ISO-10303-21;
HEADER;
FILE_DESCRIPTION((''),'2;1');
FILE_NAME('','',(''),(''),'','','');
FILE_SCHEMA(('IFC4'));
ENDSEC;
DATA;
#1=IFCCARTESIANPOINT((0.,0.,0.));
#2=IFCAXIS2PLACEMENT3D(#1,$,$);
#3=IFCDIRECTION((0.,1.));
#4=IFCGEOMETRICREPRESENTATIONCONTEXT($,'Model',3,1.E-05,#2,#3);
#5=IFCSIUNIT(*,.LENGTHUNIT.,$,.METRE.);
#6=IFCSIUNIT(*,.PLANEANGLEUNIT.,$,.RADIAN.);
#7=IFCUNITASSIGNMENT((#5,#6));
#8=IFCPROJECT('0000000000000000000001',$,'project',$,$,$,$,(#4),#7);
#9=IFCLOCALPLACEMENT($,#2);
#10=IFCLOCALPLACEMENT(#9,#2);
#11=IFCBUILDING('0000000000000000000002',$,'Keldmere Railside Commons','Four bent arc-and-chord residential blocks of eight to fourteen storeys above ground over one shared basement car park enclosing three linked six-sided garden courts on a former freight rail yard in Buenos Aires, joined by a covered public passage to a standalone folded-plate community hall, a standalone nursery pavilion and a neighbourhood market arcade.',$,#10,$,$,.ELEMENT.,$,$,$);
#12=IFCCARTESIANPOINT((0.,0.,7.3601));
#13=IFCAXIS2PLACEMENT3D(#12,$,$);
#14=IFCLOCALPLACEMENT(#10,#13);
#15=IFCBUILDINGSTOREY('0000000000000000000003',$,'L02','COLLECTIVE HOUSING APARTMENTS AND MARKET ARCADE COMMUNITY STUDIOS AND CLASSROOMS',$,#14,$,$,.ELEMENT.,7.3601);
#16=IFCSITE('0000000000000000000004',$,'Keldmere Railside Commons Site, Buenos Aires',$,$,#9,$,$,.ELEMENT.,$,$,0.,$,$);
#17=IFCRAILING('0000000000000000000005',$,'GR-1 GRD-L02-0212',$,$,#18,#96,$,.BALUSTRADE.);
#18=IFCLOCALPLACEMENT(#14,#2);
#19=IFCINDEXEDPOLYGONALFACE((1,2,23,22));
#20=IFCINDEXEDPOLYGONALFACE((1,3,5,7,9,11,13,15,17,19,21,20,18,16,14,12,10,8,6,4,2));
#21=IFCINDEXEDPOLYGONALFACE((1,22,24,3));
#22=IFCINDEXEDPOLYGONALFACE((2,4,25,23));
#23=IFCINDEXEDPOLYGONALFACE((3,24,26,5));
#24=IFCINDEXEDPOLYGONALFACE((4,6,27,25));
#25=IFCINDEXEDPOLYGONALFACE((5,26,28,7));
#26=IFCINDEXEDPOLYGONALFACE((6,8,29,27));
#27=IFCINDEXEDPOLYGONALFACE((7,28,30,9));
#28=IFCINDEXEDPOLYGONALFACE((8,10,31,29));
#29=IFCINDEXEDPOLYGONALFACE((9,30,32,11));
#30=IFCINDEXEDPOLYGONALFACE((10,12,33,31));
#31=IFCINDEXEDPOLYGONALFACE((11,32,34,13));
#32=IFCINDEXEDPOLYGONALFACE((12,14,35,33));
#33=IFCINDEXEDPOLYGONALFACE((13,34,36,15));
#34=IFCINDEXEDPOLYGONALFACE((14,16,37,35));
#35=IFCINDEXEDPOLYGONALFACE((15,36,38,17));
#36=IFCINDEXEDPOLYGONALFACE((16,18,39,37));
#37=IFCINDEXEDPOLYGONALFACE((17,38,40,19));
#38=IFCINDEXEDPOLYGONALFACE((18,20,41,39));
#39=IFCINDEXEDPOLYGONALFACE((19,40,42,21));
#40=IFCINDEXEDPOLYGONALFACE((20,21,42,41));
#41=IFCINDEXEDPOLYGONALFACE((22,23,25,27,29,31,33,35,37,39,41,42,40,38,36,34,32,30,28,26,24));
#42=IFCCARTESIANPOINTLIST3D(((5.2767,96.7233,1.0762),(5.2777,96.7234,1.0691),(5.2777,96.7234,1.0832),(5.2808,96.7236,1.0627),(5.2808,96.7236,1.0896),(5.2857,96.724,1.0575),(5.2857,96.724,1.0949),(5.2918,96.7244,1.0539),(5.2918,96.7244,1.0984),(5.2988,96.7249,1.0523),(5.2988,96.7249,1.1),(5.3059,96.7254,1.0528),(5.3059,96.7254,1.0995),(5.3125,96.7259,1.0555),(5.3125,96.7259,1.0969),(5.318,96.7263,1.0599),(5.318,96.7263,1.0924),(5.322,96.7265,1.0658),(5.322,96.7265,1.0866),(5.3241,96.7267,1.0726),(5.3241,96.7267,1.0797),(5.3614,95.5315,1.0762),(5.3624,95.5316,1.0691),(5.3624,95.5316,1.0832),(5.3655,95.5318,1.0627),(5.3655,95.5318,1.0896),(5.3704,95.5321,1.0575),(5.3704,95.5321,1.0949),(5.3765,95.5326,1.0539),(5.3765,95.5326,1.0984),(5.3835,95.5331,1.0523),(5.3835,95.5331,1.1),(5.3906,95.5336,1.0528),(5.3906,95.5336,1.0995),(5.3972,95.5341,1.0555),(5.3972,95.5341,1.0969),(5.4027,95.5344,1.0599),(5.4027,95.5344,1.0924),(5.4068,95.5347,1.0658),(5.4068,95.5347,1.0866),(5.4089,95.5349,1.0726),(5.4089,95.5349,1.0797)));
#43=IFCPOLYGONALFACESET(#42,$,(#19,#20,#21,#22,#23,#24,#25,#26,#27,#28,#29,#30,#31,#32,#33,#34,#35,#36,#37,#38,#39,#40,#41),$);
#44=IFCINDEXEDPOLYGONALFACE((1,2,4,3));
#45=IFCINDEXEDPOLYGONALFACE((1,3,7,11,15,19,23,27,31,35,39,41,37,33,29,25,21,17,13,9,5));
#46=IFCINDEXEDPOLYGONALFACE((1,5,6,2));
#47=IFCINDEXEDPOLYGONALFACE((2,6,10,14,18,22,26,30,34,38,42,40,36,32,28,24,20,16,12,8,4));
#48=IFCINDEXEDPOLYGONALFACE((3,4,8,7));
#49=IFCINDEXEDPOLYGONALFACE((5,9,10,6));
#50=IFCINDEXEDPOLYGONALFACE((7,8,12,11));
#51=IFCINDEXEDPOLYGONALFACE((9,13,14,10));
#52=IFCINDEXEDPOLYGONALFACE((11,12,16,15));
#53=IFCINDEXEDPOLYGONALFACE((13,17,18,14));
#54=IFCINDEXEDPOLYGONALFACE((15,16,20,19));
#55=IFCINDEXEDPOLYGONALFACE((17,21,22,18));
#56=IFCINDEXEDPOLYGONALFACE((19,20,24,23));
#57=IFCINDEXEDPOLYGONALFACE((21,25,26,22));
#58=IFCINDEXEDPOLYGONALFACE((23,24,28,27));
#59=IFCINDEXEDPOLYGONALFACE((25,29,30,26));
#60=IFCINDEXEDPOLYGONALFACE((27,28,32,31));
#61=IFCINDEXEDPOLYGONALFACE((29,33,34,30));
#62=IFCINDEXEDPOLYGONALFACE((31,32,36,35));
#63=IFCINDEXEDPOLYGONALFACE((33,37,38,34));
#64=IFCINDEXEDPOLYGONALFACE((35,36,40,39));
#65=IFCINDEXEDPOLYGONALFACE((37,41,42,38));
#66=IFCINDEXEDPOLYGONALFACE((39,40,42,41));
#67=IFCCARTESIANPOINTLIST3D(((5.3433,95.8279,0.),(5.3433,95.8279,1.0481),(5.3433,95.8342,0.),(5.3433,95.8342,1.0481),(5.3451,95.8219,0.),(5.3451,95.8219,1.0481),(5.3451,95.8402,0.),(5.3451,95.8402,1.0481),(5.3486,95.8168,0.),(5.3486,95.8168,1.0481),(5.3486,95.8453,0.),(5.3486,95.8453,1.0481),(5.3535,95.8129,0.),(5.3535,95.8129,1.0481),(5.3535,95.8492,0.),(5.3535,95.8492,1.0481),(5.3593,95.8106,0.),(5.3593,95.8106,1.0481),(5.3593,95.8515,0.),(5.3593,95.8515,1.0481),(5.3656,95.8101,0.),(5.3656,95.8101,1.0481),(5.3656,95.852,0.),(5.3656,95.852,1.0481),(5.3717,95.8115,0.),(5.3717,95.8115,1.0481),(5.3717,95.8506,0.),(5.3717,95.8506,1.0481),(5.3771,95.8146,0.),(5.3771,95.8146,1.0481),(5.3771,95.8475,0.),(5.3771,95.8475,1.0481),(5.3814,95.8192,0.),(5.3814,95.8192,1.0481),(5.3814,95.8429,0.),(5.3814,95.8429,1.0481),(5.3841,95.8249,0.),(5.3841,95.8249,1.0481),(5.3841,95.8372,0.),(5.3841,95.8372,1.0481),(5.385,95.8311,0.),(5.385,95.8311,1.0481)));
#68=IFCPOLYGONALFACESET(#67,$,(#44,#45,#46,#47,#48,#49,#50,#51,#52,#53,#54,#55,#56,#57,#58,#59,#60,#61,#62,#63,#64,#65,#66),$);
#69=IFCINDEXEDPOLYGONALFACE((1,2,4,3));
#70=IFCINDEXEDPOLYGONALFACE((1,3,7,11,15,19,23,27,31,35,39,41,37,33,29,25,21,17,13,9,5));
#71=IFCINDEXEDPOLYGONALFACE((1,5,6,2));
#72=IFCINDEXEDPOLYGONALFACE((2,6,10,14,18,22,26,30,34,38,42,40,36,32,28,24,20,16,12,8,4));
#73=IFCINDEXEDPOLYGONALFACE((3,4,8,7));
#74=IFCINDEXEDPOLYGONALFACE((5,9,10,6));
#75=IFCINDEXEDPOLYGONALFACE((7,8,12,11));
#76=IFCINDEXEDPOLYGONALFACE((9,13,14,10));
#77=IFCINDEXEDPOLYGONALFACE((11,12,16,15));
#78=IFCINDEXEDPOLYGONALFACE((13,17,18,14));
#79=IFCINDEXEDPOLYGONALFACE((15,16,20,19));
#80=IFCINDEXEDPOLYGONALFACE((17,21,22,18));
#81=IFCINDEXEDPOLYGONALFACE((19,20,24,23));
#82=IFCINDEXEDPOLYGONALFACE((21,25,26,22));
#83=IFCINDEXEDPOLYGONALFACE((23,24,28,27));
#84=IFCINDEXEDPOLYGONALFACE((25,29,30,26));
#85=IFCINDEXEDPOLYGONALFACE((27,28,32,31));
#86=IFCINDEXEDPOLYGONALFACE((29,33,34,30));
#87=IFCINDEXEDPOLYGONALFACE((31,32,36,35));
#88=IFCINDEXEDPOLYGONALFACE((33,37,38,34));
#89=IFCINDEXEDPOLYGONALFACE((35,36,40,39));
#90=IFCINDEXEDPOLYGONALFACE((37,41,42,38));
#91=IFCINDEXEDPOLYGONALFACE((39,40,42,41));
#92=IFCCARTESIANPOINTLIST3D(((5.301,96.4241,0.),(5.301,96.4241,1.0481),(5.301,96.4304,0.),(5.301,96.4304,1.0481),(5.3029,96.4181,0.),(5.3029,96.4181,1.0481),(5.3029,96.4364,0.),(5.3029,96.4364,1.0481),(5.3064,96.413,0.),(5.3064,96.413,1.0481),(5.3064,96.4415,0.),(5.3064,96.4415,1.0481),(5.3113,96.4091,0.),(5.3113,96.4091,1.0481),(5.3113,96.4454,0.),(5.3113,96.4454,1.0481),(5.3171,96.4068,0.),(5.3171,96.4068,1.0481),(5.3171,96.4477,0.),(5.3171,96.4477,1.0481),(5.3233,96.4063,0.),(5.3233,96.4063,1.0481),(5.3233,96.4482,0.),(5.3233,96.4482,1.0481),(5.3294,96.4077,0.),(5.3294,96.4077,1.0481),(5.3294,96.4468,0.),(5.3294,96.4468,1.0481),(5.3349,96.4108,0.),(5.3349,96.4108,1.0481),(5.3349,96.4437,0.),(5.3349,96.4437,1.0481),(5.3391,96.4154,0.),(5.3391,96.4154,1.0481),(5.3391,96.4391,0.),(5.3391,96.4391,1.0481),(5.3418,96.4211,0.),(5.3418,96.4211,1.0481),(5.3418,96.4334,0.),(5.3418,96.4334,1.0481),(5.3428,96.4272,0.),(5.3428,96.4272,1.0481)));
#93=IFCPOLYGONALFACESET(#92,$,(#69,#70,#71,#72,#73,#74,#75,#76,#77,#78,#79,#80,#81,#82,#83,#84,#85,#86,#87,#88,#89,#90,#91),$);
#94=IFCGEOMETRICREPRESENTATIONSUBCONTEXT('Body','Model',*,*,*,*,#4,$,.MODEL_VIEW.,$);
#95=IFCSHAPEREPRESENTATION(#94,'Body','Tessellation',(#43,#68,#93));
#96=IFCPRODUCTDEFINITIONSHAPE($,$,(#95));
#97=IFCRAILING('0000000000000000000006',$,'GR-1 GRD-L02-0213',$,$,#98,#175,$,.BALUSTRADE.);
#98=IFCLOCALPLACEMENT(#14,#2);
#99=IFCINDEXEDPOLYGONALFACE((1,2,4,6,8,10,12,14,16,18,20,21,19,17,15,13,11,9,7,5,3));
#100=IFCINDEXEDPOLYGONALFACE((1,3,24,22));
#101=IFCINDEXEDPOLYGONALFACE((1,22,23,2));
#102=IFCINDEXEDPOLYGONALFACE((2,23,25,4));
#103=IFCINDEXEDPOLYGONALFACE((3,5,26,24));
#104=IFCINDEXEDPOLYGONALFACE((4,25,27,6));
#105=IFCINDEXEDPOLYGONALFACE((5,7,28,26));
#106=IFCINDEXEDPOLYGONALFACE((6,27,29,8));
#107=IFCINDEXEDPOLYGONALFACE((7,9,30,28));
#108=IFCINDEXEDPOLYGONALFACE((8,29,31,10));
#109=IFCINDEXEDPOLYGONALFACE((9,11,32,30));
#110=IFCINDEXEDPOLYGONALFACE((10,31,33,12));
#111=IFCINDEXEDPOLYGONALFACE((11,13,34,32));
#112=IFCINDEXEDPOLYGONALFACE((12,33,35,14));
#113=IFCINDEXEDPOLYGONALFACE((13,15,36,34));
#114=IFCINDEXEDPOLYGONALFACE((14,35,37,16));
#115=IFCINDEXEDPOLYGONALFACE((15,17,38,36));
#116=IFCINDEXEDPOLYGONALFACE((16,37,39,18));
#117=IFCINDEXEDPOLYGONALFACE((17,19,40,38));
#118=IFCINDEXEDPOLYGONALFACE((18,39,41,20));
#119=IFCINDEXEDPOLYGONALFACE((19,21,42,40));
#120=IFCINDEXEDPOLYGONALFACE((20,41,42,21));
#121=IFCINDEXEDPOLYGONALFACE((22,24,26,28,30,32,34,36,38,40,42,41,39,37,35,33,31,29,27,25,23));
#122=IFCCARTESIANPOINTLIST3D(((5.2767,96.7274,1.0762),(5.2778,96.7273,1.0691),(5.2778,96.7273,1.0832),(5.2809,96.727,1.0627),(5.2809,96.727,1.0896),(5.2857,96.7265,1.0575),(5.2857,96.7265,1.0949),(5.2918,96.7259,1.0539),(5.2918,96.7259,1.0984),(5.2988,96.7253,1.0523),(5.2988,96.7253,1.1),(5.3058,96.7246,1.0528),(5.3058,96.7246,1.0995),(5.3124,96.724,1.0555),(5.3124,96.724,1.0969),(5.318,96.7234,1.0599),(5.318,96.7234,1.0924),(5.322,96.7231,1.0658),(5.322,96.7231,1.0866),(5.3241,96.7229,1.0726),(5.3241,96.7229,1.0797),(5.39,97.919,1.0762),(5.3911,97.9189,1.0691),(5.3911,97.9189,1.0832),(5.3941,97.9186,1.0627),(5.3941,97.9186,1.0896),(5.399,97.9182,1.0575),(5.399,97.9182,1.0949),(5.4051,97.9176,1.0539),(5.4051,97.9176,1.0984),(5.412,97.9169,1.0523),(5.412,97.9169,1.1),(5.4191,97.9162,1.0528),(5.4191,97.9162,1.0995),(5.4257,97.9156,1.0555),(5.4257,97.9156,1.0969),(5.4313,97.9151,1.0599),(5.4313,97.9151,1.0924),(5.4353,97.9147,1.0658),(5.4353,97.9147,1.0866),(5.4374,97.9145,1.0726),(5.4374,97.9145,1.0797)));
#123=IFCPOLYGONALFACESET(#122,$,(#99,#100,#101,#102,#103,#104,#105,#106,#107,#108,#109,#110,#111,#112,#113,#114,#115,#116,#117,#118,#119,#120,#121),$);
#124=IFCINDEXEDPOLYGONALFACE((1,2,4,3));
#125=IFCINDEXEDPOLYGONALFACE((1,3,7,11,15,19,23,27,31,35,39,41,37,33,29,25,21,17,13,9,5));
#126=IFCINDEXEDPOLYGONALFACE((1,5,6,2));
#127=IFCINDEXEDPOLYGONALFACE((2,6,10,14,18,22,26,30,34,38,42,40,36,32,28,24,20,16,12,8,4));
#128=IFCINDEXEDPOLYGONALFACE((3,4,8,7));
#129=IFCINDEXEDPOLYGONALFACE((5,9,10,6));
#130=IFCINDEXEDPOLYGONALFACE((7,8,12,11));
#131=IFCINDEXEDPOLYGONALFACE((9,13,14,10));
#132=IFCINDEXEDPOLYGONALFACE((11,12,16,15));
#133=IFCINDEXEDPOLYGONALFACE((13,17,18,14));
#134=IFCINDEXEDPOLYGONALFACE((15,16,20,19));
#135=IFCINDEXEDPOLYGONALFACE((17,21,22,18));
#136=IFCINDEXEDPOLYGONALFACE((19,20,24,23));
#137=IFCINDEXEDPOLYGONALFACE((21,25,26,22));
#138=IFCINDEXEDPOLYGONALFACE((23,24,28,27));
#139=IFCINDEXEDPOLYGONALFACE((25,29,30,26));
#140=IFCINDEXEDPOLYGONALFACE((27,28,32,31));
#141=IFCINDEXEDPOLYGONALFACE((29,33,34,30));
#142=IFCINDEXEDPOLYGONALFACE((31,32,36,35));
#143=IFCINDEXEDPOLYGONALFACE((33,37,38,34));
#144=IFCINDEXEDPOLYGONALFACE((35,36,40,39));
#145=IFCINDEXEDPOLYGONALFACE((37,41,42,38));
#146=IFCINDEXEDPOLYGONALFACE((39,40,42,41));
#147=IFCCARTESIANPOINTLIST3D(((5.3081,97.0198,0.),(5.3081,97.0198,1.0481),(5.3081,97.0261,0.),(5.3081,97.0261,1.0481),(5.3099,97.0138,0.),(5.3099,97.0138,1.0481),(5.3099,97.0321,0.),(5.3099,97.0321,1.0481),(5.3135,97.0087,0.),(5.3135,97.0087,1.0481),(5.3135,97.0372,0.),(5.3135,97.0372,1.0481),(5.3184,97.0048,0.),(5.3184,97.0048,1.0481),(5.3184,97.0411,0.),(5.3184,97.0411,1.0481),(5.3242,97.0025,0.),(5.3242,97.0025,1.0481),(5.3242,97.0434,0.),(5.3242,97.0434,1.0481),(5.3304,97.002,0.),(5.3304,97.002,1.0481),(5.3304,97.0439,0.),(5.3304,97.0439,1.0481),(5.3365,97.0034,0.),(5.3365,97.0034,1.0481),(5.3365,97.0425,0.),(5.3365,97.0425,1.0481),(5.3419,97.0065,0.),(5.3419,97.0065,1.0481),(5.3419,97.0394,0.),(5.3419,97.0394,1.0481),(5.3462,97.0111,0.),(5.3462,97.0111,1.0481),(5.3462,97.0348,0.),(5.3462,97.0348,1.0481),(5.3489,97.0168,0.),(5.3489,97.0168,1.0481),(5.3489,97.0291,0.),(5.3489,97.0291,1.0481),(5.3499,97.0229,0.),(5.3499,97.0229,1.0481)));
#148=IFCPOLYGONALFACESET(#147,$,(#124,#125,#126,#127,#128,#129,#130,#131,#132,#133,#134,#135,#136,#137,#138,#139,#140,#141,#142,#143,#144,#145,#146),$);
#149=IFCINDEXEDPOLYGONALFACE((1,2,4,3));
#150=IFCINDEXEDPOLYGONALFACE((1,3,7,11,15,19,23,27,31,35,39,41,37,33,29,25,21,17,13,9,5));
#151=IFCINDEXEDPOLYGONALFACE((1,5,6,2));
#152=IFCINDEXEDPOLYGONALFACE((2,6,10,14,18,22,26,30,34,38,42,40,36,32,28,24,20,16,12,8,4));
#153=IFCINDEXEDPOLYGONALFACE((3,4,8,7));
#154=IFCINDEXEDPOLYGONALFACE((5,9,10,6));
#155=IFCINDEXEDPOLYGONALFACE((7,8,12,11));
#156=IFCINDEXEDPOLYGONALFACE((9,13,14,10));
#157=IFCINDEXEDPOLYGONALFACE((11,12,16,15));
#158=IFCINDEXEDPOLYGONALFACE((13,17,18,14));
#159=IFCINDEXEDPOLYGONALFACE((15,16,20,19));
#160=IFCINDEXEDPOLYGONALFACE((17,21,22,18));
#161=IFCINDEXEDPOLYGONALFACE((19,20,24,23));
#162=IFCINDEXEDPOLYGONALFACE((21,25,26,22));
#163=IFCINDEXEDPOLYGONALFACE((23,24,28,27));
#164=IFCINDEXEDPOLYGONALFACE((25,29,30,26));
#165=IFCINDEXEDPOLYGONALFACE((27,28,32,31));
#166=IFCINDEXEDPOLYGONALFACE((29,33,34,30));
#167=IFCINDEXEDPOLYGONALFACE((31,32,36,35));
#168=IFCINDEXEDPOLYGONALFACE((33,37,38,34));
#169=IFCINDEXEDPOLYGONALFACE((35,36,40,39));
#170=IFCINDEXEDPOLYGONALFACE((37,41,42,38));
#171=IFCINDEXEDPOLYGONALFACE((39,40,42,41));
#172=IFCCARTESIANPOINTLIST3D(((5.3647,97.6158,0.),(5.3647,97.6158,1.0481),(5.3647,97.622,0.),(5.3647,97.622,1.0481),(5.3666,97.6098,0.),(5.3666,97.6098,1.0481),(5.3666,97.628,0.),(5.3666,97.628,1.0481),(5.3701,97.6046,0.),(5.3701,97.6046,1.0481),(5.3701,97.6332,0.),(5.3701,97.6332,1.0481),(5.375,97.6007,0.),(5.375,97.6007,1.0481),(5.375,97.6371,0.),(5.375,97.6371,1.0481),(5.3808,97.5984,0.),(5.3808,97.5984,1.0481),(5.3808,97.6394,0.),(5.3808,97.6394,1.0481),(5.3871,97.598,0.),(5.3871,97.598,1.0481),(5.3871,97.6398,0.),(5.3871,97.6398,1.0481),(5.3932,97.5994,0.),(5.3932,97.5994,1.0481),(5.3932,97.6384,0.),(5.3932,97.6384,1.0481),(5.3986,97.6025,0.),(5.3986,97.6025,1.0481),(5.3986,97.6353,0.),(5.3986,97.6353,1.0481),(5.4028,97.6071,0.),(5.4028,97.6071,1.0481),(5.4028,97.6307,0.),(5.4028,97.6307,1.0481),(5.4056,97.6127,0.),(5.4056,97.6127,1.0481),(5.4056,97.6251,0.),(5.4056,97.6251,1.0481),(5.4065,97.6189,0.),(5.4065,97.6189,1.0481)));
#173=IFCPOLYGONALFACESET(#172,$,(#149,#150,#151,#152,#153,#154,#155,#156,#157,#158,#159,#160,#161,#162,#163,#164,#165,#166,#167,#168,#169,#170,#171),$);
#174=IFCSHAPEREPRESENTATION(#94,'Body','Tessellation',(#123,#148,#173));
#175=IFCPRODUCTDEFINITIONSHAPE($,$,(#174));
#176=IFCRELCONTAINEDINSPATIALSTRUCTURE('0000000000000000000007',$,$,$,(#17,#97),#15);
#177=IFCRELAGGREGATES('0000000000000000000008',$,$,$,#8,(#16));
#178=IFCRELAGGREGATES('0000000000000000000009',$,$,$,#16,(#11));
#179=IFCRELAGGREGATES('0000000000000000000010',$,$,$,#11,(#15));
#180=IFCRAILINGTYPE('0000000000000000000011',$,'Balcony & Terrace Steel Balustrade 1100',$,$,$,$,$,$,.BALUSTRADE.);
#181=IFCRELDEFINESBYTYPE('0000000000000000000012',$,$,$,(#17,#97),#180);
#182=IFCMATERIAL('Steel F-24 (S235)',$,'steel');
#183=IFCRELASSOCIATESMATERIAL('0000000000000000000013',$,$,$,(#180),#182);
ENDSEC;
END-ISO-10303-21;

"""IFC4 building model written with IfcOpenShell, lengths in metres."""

from ifc_helpers import new_model, si_unit, direction, frame, origin, origin_2d, place, context, subcontext, project, spatial, circle, extrude, material, type_object, element, save


model = new_model("IFC4")

# Units and contexts
model_context = context("Model", 3, precision=1e-05, world=origin(), true_north=direction((0.0, 1.0)))
body_context = subcontext(model_context, "Body", "Model", "MODEL_VIEW")
ifc_project = project(units=[si_unit("LENGTHUNIT", "METRE"), si_unit("PLANEANGLEUNIT", "RADIAN")], contexts=[model_context])

# Site, building, storey
site_placement = place(None, origin())
site = spatial("IfcSite", under=ifc_project, at=site_placement, Name="Keldmere Railside Commons Site, Buenos Aires", CompositionType="ELEMENT", RefElevation=0.0)
building_placement = place(site_placement, origin())
building = spatial("IfcBuilding", under=site, at=building_placement, Name="Keldmere Railside Commons", Description="Four bent arc-and-chord residential blocks of eight to fourteen storeys above ground over one shared basement car park enclosing three linked six-sided garden courts on a former freight rail yard in Buenos Aires, joined by a covered public passage to a standalone folded-plate community hall, a standalone nursery pavilion and a neighbourhood market arcade.", CompositionType="ELEMENT")
storey_placement = place(building_placement, frame((0.0, 0.0, 7.3601)))
storey = spatial("IfcBuildingStorey", under=building, at=storey_placement, Name="L02", Description="COLLECTIVE HOUSING APARTMENTS AND MARKET ARCADE COMMUNITY STUDIOS AND CLASSROOMS", CompositionType="ELEMENT", Elevation=7.3601)

# Railings
ifc_material_1 = material(Name="Steel F-24 (S235)", Category="steel")
railing_type = type_object("IfcRailingType", Name="Balcony & Terrace Steel Balustrade 1100", PredefinedType="BALUSTRADE", material=ifc_material_1)
railing_1_placement = place(storey_placement, frame((5.3853, 95.5332, 0.0)))
element("IfcRailing", 1, at=railing_1_placement, inside=storey, type_object=railing_type, Name="GR-1 GRD-L02-0212", PredefinedType="BALUSTRADE", context=body_context, shape_type="SweptSolid", body=[
    extrude(circle(Radius=0.0239, at=origin_2d()), frame((0.0, 0.0, 1.0762), z_axis=(-0.070899, 0.997484, 0.0), x_axis=(-0.997484, -0.070899, 0.0)), (0.0, 0.0, 1.0), 1.1948),
    extrude(circle(Radius=0.021, at=origin_2d()), frame((-0.0212, 0.2979, 0.0)), (0.0, 0.0, 1.0), 1.0481),
    extrude(circle(Radius=0.021, at=origin_2d()), frame((-0.0635, 0.894, 0.0)), (0.0, 0.0, 1.0), 1.0481),
])
railing_2_placement = place(storey_placement, frame((5.3005, 96.7251, 0.0)))
element("IfcRailing", 2, at=railing_2_placement, inside=storey, type_object=railing_type, Name="GR-1 GRD-L02-0213", PredefinedType="BALUSTRADE", context=body_context, shape_type="SweptSolid", body=[
    extrude(circle(Radius=0.0239, at=origin_2d()), frame((0.0, 0.0, 1.0762), z_axis=(0.094636, 0.995512, 0.0), x_axis=(-0.995512, 0.094636, 0.0)), (0.0, 0.0, 1.0), 1.197),
    extrude(circle(Radius=0.021, at=origin_2d()), frame((0.0283, 0.2979, 0.0)), (0.0, 0.0, 1.0), 1.0481),
    extrude(circle(Radius=0.021, at=origin_2d()), frame((0.085, 0.8938, 0.0)), (0.0, 0.0, 1.0), 1.0481),
])

save(model, "model.ifc")
